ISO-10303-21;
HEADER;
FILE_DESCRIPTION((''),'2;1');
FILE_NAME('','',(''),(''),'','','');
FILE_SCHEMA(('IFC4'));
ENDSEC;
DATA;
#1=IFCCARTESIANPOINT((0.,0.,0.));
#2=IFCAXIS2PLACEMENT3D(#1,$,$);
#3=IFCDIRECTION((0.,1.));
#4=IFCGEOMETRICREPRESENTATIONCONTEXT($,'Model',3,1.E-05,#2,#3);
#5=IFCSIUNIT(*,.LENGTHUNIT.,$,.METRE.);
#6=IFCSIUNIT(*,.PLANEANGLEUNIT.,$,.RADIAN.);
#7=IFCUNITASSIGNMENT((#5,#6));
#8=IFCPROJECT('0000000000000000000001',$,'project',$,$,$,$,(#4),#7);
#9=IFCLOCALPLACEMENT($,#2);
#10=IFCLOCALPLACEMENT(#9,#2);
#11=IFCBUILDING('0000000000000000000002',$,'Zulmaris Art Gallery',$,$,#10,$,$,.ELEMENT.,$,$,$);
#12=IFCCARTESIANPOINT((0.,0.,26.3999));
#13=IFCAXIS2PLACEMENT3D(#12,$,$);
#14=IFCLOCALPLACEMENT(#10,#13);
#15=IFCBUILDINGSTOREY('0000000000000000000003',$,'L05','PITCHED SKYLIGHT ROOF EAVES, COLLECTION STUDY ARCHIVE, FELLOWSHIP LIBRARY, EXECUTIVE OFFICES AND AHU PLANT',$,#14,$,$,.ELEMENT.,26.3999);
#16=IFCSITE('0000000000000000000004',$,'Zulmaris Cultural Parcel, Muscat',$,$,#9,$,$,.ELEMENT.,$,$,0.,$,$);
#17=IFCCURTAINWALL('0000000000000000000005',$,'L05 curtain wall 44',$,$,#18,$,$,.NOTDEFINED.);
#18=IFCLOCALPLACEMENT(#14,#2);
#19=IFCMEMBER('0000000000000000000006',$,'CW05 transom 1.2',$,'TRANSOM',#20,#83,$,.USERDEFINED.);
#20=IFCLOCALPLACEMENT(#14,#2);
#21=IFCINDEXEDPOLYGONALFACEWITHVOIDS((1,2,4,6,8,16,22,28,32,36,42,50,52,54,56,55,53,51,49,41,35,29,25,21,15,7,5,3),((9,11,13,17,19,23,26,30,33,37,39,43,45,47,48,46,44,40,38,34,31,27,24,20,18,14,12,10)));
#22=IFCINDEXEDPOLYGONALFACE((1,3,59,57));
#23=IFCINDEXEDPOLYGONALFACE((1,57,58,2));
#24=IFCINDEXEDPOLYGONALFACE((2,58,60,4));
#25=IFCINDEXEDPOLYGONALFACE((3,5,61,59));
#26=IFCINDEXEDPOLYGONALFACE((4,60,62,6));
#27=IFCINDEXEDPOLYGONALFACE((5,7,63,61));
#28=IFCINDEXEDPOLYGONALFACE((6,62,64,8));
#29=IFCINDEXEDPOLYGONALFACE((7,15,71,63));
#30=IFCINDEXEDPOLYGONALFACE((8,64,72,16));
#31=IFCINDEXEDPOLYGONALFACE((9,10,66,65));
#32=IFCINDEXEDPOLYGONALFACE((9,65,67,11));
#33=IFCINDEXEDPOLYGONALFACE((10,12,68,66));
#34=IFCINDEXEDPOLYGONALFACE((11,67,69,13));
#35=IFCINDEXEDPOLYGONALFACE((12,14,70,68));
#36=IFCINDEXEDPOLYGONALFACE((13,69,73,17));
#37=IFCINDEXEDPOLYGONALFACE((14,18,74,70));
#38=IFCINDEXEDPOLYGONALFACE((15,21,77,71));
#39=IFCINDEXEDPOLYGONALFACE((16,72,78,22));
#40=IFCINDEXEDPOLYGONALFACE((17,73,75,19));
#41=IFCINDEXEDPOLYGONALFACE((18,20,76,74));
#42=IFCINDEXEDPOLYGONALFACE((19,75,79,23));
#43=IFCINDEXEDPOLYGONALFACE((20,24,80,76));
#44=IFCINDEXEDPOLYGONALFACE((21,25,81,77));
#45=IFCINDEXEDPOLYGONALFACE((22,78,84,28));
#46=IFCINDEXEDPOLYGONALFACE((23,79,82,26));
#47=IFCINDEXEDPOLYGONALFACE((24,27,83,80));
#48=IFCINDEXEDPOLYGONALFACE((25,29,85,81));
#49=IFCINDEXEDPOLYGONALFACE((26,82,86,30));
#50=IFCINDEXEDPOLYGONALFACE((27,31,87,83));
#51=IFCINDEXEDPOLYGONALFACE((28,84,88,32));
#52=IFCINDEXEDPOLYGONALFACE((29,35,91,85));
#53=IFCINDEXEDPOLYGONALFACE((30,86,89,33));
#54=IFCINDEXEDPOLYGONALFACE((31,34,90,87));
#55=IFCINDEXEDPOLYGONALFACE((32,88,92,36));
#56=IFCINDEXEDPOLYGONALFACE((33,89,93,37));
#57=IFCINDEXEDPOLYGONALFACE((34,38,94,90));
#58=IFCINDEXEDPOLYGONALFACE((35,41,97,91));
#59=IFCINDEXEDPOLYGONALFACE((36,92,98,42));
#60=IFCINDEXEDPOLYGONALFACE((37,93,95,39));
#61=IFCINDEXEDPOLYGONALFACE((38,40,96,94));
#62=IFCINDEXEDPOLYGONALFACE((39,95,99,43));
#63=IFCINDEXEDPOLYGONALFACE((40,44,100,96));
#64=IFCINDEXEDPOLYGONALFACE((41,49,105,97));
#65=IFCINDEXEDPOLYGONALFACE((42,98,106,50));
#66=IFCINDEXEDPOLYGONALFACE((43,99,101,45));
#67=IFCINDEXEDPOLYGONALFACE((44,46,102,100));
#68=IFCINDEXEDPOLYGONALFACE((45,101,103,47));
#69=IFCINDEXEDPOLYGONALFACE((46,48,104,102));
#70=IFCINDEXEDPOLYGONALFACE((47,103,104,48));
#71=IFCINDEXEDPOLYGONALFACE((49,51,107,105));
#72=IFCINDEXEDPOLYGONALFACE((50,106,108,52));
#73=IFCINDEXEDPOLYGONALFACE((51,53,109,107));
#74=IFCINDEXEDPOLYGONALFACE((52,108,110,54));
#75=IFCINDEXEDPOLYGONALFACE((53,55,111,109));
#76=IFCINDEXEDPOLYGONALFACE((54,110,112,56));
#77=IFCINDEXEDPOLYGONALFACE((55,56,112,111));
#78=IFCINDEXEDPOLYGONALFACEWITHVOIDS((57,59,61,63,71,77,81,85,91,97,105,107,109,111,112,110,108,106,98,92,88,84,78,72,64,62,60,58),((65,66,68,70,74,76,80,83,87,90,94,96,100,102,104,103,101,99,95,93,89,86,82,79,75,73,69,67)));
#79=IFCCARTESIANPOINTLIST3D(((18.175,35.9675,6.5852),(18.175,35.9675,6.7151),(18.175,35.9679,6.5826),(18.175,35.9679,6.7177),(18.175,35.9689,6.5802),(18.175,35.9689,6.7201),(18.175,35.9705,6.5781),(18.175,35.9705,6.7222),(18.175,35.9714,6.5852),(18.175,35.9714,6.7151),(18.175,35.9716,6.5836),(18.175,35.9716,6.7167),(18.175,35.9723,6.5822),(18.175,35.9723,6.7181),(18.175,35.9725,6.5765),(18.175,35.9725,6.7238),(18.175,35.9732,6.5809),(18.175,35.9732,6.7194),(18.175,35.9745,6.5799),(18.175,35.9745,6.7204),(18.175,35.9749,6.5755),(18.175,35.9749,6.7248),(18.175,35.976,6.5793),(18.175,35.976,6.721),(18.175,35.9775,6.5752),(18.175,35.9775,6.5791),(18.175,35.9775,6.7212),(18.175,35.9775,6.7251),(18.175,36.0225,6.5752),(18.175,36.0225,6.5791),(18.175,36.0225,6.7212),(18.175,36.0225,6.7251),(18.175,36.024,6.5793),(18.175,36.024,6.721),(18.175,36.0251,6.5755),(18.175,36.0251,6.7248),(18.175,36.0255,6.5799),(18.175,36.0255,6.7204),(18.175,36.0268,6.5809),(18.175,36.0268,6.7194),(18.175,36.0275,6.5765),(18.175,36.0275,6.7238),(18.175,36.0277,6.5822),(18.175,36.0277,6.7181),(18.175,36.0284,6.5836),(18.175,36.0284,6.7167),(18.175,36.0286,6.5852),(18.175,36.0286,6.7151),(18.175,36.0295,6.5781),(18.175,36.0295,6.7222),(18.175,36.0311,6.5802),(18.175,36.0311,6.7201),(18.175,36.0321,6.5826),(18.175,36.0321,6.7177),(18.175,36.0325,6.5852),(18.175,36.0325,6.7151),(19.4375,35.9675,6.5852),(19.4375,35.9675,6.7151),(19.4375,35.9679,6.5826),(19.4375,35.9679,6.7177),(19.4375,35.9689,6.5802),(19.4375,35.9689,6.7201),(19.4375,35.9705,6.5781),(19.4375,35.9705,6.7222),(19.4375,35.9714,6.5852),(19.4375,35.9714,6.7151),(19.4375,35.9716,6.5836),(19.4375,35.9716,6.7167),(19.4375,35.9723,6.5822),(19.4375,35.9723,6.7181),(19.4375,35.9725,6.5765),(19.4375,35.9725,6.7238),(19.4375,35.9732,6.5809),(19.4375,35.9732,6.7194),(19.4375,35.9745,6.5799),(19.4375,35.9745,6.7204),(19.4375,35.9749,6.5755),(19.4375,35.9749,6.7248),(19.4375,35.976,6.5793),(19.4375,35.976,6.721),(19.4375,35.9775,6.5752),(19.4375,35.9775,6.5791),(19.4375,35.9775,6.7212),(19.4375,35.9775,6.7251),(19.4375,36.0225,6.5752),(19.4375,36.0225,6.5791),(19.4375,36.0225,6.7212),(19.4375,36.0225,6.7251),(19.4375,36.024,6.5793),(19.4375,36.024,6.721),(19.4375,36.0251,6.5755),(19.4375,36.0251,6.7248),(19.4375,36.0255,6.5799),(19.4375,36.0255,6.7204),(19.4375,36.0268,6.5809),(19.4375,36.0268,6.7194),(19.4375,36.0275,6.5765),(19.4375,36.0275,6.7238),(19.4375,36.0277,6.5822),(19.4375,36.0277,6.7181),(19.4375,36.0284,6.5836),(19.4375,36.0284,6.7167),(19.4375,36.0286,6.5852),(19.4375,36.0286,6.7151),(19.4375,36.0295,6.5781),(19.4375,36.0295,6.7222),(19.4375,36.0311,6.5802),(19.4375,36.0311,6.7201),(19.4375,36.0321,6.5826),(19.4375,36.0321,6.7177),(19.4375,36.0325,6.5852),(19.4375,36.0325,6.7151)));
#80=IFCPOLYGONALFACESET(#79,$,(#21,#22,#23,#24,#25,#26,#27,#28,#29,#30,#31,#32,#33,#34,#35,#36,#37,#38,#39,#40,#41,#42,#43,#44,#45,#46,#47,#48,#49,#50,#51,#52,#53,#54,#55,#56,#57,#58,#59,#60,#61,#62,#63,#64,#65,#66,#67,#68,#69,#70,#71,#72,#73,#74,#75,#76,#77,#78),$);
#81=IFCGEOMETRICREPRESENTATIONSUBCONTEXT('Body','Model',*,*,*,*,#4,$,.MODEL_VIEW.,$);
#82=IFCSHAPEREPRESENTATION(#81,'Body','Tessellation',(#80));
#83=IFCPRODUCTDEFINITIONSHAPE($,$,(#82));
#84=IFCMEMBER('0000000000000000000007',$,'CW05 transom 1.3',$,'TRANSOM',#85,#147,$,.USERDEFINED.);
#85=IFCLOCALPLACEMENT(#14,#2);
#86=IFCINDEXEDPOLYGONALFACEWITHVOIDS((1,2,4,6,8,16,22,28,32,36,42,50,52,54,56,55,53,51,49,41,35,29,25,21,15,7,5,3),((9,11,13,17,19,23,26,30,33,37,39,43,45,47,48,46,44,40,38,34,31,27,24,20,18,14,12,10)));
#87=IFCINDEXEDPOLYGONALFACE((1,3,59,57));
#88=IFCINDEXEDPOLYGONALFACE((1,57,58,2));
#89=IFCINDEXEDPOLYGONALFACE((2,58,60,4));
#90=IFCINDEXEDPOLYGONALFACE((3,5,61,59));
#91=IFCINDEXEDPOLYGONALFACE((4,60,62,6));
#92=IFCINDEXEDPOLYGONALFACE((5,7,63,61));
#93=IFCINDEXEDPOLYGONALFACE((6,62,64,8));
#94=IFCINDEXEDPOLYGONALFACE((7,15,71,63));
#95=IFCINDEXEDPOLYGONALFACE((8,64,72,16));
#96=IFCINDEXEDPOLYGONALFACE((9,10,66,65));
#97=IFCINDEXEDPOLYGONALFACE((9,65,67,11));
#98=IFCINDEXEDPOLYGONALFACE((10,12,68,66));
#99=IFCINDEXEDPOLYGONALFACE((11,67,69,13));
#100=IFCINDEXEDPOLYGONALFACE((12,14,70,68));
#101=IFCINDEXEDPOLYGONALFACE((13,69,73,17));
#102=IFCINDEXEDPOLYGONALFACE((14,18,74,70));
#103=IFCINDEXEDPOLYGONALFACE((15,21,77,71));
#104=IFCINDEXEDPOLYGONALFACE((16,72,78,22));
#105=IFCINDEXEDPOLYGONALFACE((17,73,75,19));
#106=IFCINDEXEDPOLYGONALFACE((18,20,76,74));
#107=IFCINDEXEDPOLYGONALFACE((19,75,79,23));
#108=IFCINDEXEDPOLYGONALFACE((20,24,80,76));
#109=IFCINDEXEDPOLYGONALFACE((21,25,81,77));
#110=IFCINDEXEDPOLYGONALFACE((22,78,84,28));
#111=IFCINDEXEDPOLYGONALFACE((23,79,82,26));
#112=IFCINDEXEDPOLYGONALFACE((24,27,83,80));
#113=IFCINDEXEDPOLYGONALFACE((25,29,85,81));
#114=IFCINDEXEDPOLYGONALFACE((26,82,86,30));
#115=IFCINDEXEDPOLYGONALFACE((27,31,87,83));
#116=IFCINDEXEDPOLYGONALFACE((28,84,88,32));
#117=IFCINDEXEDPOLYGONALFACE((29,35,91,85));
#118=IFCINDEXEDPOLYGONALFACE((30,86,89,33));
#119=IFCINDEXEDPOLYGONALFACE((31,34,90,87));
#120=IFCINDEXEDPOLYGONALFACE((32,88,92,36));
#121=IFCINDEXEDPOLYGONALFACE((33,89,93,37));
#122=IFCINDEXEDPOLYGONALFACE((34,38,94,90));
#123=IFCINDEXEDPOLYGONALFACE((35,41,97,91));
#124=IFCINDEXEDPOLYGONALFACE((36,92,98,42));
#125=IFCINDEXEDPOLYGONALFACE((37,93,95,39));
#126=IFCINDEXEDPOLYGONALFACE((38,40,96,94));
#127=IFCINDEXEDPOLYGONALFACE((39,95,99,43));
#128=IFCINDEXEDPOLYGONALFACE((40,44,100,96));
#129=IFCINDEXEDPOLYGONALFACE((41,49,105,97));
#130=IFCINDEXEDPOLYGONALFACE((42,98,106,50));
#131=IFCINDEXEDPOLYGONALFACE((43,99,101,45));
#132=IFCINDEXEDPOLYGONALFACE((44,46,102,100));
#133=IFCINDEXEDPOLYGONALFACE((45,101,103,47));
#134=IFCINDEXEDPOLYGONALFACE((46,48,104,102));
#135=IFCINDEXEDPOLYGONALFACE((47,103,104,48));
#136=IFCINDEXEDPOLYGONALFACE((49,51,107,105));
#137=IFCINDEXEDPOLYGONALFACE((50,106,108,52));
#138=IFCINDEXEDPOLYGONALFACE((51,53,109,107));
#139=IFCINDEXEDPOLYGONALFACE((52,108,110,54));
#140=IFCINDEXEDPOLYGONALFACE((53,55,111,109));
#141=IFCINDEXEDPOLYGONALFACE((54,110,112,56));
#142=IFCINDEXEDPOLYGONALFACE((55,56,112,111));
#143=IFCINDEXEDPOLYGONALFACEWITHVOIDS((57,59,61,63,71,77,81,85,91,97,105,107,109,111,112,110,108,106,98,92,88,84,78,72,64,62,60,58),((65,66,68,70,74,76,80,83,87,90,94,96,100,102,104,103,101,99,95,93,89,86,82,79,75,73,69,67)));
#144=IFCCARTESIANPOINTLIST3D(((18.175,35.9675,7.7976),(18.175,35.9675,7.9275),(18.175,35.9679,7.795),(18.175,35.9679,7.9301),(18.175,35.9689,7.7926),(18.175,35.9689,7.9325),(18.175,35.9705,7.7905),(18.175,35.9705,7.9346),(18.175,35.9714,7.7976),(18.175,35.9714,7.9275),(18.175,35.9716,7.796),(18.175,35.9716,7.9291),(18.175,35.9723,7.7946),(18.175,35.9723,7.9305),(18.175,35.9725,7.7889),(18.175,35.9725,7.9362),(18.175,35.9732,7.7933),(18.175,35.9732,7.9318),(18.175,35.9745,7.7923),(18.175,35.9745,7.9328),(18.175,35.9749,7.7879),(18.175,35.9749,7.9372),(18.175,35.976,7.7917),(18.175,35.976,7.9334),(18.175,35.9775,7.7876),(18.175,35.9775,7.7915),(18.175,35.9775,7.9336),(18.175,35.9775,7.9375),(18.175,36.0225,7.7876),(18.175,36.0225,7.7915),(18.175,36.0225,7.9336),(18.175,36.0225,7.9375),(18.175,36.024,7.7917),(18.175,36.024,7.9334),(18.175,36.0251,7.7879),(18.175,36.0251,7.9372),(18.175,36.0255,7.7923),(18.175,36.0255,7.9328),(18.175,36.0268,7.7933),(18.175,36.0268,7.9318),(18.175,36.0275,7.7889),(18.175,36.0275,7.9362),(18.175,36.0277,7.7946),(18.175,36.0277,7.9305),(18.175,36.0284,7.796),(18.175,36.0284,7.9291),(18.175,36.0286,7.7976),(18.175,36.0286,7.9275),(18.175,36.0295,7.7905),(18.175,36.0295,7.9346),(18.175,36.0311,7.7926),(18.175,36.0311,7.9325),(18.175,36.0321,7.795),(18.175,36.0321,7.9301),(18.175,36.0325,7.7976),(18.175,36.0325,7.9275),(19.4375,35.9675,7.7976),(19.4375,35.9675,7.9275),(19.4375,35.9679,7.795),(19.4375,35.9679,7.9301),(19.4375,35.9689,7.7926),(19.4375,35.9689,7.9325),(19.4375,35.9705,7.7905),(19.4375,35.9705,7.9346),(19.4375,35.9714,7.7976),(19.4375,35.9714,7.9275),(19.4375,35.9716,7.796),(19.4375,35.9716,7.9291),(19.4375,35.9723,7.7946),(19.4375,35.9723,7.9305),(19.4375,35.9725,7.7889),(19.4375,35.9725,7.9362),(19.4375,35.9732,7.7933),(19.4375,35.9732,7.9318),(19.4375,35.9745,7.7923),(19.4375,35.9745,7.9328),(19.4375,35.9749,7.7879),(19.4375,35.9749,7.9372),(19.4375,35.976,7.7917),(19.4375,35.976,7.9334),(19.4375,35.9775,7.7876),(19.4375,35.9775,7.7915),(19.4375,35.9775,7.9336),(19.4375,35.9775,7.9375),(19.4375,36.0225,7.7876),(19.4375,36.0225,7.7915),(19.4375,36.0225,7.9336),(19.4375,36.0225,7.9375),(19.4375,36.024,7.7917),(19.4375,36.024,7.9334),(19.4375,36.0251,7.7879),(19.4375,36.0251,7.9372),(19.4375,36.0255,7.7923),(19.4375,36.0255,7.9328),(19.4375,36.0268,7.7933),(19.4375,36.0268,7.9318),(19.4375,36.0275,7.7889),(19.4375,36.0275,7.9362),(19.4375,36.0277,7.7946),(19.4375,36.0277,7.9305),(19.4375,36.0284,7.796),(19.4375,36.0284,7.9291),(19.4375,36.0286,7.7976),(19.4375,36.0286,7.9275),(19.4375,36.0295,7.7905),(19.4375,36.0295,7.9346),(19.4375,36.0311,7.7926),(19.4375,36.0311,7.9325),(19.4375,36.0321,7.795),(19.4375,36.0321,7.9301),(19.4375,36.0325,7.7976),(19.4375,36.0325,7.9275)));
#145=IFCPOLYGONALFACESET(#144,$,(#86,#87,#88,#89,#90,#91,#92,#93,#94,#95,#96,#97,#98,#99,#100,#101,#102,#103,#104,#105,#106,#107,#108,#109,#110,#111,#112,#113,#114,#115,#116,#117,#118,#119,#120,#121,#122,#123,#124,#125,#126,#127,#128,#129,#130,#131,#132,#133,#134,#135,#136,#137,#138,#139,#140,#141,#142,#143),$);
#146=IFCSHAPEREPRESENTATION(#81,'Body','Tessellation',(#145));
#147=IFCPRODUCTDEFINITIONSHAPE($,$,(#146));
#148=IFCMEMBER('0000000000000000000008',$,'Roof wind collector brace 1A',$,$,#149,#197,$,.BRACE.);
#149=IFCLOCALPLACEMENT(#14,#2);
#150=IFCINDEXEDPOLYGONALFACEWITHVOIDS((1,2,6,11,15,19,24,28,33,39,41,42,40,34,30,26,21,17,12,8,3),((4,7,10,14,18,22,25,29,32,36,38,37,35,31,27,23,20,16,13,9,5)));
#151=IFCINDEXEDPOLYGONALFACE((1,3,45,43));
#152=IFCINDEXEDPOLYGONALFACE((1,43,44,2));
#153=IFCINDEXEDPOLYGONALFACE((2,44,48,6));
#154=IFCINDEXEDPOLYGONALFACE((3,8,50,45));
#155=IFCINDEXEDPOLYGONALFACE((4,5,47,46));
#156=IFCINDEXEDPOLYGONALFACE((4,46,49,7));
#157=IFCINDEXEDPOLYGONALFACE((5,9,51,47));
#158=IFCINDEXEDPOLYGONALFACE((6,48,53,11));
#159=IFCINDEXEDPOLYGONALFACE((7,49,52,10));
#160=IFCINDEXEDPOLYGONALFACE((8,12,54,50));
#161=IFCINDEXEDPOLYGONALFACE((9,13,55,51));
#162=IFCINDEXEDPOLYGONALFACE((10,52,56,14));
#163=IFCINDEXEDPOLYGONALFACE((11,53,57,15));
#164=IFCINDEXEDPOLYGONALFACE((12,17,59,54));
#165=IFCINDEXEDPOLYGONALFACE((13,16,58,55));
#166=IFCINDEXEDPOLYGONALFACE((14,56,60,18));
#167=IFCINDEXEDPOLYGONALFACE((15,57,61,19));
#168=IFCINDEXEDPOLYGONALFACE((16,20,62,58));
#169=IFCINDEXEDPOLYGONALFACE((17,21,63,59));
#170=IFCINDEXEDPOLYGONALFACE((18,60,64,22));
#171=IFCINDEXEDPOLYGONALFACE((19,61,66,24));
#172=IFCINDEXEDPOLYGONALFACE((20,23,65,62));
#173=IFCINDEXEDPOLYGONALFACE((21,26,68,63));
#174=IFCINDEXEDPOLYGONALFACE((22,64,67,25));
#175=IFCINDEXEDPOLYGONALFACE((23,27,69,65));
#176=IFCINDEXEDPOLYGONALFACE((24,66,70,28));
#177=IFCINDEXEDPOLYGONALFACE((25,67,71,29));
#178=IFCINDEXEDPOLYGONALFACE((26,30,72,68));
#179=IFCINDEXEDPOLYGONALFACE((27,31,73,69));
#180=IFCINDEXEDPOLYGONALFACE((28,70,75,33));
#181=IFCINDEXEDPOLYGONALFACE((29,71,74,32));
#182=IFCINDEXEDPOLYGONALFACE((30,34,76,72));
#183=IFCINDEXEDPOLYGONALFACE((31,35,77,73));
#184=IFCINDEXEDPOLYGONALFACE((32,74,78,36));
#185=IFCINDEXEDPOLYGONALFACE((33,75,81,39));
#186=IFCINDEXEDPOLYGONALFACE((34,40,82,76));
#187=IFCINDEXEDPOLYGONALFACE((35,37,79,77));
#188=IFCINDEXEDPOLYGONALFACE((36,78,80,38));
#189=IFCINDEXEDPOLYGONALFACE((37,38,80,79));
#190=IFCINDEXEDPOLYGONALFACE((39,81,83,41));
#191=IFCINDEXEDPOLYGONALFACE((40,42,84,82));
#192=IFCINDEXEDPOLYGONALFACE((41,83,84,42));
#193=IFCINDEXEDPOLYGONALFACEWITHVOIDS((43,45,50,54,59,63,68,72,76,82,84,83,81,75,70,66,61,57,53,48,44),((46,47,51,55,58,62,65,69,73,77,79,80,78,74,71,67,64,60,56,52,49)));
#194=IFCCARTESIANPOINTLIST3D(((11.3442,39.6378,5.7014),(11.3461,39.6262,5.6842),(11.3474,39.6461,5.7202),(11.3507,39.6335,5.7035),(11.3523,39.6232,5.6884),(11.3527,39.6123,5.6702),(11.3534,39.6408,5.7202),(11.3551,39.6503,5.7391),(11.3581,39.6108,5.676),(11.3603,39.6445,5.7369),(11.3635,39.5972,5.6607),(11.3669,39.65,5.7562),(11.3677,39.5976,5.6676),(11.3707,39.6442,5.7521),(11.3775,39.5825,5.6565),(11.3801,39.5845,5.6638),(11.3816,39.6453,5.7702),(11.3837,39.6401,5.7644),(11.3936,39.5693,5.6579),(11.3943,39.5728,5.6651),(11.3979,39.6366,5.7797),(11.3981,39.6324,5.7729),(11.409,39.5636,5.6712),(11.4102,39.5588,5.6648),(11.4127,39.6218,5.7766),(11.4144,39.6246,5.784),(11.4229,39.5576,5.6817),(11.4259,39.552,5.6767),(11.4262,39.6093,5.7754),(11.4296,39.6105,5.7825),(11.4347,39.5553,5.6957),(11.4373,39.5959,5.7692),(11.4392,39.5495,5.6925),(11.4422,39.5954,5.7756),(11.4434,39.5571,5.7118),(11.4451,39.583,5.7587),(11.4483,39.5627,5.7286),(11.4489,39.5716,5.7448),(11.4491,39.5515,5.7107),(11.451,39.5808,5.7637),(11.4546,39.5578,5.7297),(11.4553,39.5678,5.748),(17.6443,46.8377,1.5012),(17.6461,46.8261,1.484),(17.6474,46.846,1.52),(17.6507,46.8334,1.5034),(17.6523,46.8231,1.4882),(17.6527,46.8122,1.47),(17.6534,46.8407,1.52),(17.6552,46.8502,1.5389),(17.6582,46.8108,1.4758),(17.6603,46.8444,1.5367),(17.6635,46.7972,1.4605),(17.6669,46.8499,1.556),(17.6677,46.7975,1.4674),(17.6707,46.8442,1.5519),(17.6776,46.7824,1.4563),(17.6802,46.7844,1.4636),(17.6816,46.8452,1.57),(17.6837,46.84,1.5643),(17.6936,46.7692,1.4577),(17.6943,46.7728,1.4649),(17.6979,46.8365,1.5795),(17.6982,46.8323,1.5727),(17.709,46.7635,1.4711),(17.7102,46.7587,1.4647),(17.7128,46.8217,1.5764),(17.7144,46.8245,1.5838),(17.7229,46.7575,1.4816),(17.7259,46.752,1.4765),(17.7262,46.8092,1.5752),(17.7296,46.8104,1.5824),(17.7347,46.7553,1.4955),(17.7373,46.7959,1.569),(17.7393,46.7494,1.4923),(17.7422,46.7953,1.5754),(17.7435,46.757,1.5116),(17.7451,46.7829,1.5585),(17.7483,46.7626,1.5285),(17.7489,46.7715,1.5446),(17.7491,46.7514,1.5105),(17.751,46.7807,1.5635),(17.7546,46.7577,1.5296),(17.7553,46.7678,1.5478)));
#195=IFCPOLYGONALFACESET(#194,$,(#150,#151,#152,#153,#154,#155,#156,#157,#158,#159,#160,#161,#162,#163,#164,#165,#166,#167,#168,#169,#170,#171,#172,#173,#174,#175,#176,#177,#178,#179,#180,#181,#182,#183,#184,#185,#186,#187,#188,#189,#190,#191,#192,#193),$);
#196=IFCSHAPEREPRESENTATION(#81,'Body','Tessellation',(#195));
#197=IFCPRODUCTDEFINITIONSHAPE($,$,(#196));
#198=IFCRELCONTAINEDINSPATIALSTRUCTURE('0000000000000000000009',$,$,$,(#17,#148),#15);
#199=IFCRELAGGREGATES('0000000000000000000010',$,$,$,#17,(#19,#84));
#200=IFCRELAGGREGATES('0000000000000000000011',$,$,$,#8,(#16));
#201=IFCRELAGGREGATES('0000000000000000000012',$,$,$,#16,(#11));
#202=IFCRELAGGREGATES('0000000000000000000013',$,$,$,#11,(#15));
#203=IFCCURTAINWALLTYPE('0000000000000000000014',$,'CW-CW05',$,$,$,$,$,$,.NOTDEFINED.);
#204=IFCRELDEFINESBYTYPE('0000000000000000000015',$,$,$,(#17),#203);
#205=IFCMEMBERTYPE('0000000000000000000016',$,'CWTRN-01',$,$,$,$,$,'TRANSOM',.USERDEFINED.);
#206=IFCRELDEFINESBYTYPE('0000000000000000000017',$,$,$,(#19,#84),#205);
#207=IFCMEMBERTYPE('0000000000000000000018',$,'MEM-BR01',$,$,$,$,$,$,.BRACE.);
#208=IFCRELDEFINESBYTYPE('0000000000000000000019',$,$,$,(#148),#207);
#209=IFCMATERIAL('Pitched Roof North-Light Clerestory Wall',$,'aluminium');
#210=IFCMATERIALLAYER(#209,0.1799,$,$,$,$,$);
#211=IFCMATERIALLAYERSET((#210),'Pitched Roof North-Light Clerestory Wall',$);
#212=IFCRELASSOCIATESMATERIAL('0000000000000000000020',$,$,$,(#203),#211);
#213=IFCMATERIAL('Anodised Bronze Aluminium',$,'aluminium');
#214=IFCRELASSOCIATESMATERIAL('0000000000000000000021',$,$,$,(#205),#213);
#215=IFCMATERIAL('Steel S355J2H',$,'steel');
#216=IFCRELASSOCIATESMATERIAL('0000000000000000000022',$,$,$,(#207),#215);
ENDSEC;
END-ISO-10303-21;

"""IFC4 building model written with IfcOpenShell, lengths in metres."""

from ifc_helpers import new_model, si_unit, direction, frame, origin, origin_2d, place, context, subcontext, project, spatial, hollow_rectangle, hollow_circle, extrude, material, layer, layer_set, material_profile, profile_set, type_object, element, aggregate, save


model = new_model("IFC4")

# Units and contexts
model_context = context("Model", 3, precision=1e-05, world=origin(), true_north=direction((0.0, 1.0)))
body_context = subcontext(model_context, "Body", "Model", "MODEL_VIEW")
ifc_project = project(units=[si_unit("LENGTHUNIT", "METRE"), si_unit("PLANEANGLEUNIT", "RADIAN")], contexts=[model_context])

# Site, building, storey
site_placement = place(None, origin())
site = spatial("IfcSite", under=ifc_project, at=site_placement, Name="Zulmaris Cultural Parcel, Muscat", CompositionType="ELEMENT", RefElevation=0.0)
building_placement = place(site_placement, origin())
building = spatial("IfcBuilding", under=site, at=building_placement, Name="Zulmaris Art Gallery", CompositionType="ELEMENT")
storey_placement = place(building_placement, frame((0.0, 0.0, 26.3999)))
storey = spatial("IfcBuildingStorey", under=building, at=storey_placement, Name="L05", Description="PITCHED SKYLIGHT ROOF EAVES, COLLECTION STUDY ARCHIVE, FELLOWSHIP LIBRARY, EXECUTIVE OFFICES AND AHU PLANT", CompositionType="ELEMENT", Elevation=26.3999)

# Shared definitions
ifc_material_1 = material(Name="Pitched Roof North-Light Clerestory Wall", Category="aluminium")
ifc_layer_1 = layer(ifc_material_1, 0.1799)
ifc_layer_set_1 = layer_set([ifc_layer_1], Name="Pitched Roof North-Light Clerestory Wall")
curtain_wall_type = type_object("IfcCurtainWallType", Name="CW-CW05", PredefinedType="NOTDEFINED", material=ifc_layer_set_1)
ifc_material_2 = material(Name="Anodised Bronze Aluminium", Category="aluminium")

# Curtain wall
curtain_wall_1_placement = place(storey_placement, origin())
curtain_wall_1 = element("IfcCurtainWall", 1, at=curtain_wall_1_placement, inside=storey, type_object=curtain_wall_type, Name="L05 curtain wall 44", PredefinedType="NOTDEFINED")

# Members
ifc_material_profile_1 = material_profile(ifc_material_2, hollow_rectangle(XDim=0.0649, YDim=0.1499, WallThickness=0.0039, InnerFilletRadius=0.0061, OuterFilletRadius=0.01, at=origin_2d()), Name="ALU 65x150x4")
ifc_profile_set_1 = profile_set([ifc_material_profile_1], Name="Anodised Bronze Aluminium")
member_type_1 = type_object("IfcMemberType", Name="CWTRN-01", ElementType="TRANSOM", PredefinedType="USERDEFINED", material=ifc_profile_set_1)
member_1_placement = place(storey_placement, frame((18.175, 36.0, 6.6501), z_axis=(1.0, 0.0, 0.0), x_axis=(0.0, 1.0, 0.0)))
member_1 = element("IfcMember", 2, at=member_1_placement, type_object=member_type_1, Name="CW05 transom 1.2", ObjectType="TRANSOM", PredefinedType="USERDEFINED", context=body_context, shape_type="SweptSolid", body=[
    extrude(hollow_rectangle(XDim=0.0649, YDim=0.1499, WallThickness=0.0039, InnerFilletRadius=0.0061, OuterFilletRadius=0.01, at=origin_2d()), origin(), (0.0, 0.0, 1.0), 1.2625),
])
member_2_placement = place(storey_placement, frame((18.175, 36.0, 7.8625), z_axis=(1.0, 0.0, 0.0), x_axis=(0.0, 1.0, 0.0)))
member_2 = element("IfcMember", 3, at=member_2_placement, type_object=member_type_1, Name="CW05 transom 1.3", ObjectType="TRANSOM", PredefinedType="USERDEFINED", context=body_context, shape_type="SweptSolid", body=[
    extrude(hollow_rectangle(XDim=0.0649, YDim=0.1499, WallThickness=0.0039, InnerFilletRadius=0.0061, OuterFilletRadius=0.01, at=origin_2d()), origin(), (0.0, 0.0, 1.0), 1.2625),
])

# Member
ifc_material_3 = material(Name="Steel S355J2H", Category="steel")
ifc_material_profile_2 = material_profile(ifc_material_3, hollow_circle(Radius=0.0698, WallThickness=0.0081, at=origin_2d()), Name="CHS 139.7x8")
ifc_profile_set_2 = profile_set([ifc_material_profile_2], Name="Steel S355J2H")
member_type_2 = type_object("IfcMemberType", Name="MEM-BR01", PredefinedType="BRACE", material=ifc_profile_set_2)
member_3_placement = place(storey_placement, frame((11.3999, 39.6001, 5.7202), z_axis=(0.602961, 0.689088, -0.40199), x_axis=(-0.752572, 0.65851, 0.0)))
element("IfcMember", 4, at=member_3_placement, inside=storey, type_object=member_type_2, Name="Roof wind collector brace 1A", PredefinedType="BRACE", context=body_context, shape_type="SweptSolid", body=[
    extrude(hollow_circle(Radius=0.0698, WallThickness=0.0081, at=origin_2d()), origin(), (0.0, 0.0, 1.0), 10.4485),
])

aggregate(curtain_wall_1, [member_1, member_2])

save(model, "model.ifc")
